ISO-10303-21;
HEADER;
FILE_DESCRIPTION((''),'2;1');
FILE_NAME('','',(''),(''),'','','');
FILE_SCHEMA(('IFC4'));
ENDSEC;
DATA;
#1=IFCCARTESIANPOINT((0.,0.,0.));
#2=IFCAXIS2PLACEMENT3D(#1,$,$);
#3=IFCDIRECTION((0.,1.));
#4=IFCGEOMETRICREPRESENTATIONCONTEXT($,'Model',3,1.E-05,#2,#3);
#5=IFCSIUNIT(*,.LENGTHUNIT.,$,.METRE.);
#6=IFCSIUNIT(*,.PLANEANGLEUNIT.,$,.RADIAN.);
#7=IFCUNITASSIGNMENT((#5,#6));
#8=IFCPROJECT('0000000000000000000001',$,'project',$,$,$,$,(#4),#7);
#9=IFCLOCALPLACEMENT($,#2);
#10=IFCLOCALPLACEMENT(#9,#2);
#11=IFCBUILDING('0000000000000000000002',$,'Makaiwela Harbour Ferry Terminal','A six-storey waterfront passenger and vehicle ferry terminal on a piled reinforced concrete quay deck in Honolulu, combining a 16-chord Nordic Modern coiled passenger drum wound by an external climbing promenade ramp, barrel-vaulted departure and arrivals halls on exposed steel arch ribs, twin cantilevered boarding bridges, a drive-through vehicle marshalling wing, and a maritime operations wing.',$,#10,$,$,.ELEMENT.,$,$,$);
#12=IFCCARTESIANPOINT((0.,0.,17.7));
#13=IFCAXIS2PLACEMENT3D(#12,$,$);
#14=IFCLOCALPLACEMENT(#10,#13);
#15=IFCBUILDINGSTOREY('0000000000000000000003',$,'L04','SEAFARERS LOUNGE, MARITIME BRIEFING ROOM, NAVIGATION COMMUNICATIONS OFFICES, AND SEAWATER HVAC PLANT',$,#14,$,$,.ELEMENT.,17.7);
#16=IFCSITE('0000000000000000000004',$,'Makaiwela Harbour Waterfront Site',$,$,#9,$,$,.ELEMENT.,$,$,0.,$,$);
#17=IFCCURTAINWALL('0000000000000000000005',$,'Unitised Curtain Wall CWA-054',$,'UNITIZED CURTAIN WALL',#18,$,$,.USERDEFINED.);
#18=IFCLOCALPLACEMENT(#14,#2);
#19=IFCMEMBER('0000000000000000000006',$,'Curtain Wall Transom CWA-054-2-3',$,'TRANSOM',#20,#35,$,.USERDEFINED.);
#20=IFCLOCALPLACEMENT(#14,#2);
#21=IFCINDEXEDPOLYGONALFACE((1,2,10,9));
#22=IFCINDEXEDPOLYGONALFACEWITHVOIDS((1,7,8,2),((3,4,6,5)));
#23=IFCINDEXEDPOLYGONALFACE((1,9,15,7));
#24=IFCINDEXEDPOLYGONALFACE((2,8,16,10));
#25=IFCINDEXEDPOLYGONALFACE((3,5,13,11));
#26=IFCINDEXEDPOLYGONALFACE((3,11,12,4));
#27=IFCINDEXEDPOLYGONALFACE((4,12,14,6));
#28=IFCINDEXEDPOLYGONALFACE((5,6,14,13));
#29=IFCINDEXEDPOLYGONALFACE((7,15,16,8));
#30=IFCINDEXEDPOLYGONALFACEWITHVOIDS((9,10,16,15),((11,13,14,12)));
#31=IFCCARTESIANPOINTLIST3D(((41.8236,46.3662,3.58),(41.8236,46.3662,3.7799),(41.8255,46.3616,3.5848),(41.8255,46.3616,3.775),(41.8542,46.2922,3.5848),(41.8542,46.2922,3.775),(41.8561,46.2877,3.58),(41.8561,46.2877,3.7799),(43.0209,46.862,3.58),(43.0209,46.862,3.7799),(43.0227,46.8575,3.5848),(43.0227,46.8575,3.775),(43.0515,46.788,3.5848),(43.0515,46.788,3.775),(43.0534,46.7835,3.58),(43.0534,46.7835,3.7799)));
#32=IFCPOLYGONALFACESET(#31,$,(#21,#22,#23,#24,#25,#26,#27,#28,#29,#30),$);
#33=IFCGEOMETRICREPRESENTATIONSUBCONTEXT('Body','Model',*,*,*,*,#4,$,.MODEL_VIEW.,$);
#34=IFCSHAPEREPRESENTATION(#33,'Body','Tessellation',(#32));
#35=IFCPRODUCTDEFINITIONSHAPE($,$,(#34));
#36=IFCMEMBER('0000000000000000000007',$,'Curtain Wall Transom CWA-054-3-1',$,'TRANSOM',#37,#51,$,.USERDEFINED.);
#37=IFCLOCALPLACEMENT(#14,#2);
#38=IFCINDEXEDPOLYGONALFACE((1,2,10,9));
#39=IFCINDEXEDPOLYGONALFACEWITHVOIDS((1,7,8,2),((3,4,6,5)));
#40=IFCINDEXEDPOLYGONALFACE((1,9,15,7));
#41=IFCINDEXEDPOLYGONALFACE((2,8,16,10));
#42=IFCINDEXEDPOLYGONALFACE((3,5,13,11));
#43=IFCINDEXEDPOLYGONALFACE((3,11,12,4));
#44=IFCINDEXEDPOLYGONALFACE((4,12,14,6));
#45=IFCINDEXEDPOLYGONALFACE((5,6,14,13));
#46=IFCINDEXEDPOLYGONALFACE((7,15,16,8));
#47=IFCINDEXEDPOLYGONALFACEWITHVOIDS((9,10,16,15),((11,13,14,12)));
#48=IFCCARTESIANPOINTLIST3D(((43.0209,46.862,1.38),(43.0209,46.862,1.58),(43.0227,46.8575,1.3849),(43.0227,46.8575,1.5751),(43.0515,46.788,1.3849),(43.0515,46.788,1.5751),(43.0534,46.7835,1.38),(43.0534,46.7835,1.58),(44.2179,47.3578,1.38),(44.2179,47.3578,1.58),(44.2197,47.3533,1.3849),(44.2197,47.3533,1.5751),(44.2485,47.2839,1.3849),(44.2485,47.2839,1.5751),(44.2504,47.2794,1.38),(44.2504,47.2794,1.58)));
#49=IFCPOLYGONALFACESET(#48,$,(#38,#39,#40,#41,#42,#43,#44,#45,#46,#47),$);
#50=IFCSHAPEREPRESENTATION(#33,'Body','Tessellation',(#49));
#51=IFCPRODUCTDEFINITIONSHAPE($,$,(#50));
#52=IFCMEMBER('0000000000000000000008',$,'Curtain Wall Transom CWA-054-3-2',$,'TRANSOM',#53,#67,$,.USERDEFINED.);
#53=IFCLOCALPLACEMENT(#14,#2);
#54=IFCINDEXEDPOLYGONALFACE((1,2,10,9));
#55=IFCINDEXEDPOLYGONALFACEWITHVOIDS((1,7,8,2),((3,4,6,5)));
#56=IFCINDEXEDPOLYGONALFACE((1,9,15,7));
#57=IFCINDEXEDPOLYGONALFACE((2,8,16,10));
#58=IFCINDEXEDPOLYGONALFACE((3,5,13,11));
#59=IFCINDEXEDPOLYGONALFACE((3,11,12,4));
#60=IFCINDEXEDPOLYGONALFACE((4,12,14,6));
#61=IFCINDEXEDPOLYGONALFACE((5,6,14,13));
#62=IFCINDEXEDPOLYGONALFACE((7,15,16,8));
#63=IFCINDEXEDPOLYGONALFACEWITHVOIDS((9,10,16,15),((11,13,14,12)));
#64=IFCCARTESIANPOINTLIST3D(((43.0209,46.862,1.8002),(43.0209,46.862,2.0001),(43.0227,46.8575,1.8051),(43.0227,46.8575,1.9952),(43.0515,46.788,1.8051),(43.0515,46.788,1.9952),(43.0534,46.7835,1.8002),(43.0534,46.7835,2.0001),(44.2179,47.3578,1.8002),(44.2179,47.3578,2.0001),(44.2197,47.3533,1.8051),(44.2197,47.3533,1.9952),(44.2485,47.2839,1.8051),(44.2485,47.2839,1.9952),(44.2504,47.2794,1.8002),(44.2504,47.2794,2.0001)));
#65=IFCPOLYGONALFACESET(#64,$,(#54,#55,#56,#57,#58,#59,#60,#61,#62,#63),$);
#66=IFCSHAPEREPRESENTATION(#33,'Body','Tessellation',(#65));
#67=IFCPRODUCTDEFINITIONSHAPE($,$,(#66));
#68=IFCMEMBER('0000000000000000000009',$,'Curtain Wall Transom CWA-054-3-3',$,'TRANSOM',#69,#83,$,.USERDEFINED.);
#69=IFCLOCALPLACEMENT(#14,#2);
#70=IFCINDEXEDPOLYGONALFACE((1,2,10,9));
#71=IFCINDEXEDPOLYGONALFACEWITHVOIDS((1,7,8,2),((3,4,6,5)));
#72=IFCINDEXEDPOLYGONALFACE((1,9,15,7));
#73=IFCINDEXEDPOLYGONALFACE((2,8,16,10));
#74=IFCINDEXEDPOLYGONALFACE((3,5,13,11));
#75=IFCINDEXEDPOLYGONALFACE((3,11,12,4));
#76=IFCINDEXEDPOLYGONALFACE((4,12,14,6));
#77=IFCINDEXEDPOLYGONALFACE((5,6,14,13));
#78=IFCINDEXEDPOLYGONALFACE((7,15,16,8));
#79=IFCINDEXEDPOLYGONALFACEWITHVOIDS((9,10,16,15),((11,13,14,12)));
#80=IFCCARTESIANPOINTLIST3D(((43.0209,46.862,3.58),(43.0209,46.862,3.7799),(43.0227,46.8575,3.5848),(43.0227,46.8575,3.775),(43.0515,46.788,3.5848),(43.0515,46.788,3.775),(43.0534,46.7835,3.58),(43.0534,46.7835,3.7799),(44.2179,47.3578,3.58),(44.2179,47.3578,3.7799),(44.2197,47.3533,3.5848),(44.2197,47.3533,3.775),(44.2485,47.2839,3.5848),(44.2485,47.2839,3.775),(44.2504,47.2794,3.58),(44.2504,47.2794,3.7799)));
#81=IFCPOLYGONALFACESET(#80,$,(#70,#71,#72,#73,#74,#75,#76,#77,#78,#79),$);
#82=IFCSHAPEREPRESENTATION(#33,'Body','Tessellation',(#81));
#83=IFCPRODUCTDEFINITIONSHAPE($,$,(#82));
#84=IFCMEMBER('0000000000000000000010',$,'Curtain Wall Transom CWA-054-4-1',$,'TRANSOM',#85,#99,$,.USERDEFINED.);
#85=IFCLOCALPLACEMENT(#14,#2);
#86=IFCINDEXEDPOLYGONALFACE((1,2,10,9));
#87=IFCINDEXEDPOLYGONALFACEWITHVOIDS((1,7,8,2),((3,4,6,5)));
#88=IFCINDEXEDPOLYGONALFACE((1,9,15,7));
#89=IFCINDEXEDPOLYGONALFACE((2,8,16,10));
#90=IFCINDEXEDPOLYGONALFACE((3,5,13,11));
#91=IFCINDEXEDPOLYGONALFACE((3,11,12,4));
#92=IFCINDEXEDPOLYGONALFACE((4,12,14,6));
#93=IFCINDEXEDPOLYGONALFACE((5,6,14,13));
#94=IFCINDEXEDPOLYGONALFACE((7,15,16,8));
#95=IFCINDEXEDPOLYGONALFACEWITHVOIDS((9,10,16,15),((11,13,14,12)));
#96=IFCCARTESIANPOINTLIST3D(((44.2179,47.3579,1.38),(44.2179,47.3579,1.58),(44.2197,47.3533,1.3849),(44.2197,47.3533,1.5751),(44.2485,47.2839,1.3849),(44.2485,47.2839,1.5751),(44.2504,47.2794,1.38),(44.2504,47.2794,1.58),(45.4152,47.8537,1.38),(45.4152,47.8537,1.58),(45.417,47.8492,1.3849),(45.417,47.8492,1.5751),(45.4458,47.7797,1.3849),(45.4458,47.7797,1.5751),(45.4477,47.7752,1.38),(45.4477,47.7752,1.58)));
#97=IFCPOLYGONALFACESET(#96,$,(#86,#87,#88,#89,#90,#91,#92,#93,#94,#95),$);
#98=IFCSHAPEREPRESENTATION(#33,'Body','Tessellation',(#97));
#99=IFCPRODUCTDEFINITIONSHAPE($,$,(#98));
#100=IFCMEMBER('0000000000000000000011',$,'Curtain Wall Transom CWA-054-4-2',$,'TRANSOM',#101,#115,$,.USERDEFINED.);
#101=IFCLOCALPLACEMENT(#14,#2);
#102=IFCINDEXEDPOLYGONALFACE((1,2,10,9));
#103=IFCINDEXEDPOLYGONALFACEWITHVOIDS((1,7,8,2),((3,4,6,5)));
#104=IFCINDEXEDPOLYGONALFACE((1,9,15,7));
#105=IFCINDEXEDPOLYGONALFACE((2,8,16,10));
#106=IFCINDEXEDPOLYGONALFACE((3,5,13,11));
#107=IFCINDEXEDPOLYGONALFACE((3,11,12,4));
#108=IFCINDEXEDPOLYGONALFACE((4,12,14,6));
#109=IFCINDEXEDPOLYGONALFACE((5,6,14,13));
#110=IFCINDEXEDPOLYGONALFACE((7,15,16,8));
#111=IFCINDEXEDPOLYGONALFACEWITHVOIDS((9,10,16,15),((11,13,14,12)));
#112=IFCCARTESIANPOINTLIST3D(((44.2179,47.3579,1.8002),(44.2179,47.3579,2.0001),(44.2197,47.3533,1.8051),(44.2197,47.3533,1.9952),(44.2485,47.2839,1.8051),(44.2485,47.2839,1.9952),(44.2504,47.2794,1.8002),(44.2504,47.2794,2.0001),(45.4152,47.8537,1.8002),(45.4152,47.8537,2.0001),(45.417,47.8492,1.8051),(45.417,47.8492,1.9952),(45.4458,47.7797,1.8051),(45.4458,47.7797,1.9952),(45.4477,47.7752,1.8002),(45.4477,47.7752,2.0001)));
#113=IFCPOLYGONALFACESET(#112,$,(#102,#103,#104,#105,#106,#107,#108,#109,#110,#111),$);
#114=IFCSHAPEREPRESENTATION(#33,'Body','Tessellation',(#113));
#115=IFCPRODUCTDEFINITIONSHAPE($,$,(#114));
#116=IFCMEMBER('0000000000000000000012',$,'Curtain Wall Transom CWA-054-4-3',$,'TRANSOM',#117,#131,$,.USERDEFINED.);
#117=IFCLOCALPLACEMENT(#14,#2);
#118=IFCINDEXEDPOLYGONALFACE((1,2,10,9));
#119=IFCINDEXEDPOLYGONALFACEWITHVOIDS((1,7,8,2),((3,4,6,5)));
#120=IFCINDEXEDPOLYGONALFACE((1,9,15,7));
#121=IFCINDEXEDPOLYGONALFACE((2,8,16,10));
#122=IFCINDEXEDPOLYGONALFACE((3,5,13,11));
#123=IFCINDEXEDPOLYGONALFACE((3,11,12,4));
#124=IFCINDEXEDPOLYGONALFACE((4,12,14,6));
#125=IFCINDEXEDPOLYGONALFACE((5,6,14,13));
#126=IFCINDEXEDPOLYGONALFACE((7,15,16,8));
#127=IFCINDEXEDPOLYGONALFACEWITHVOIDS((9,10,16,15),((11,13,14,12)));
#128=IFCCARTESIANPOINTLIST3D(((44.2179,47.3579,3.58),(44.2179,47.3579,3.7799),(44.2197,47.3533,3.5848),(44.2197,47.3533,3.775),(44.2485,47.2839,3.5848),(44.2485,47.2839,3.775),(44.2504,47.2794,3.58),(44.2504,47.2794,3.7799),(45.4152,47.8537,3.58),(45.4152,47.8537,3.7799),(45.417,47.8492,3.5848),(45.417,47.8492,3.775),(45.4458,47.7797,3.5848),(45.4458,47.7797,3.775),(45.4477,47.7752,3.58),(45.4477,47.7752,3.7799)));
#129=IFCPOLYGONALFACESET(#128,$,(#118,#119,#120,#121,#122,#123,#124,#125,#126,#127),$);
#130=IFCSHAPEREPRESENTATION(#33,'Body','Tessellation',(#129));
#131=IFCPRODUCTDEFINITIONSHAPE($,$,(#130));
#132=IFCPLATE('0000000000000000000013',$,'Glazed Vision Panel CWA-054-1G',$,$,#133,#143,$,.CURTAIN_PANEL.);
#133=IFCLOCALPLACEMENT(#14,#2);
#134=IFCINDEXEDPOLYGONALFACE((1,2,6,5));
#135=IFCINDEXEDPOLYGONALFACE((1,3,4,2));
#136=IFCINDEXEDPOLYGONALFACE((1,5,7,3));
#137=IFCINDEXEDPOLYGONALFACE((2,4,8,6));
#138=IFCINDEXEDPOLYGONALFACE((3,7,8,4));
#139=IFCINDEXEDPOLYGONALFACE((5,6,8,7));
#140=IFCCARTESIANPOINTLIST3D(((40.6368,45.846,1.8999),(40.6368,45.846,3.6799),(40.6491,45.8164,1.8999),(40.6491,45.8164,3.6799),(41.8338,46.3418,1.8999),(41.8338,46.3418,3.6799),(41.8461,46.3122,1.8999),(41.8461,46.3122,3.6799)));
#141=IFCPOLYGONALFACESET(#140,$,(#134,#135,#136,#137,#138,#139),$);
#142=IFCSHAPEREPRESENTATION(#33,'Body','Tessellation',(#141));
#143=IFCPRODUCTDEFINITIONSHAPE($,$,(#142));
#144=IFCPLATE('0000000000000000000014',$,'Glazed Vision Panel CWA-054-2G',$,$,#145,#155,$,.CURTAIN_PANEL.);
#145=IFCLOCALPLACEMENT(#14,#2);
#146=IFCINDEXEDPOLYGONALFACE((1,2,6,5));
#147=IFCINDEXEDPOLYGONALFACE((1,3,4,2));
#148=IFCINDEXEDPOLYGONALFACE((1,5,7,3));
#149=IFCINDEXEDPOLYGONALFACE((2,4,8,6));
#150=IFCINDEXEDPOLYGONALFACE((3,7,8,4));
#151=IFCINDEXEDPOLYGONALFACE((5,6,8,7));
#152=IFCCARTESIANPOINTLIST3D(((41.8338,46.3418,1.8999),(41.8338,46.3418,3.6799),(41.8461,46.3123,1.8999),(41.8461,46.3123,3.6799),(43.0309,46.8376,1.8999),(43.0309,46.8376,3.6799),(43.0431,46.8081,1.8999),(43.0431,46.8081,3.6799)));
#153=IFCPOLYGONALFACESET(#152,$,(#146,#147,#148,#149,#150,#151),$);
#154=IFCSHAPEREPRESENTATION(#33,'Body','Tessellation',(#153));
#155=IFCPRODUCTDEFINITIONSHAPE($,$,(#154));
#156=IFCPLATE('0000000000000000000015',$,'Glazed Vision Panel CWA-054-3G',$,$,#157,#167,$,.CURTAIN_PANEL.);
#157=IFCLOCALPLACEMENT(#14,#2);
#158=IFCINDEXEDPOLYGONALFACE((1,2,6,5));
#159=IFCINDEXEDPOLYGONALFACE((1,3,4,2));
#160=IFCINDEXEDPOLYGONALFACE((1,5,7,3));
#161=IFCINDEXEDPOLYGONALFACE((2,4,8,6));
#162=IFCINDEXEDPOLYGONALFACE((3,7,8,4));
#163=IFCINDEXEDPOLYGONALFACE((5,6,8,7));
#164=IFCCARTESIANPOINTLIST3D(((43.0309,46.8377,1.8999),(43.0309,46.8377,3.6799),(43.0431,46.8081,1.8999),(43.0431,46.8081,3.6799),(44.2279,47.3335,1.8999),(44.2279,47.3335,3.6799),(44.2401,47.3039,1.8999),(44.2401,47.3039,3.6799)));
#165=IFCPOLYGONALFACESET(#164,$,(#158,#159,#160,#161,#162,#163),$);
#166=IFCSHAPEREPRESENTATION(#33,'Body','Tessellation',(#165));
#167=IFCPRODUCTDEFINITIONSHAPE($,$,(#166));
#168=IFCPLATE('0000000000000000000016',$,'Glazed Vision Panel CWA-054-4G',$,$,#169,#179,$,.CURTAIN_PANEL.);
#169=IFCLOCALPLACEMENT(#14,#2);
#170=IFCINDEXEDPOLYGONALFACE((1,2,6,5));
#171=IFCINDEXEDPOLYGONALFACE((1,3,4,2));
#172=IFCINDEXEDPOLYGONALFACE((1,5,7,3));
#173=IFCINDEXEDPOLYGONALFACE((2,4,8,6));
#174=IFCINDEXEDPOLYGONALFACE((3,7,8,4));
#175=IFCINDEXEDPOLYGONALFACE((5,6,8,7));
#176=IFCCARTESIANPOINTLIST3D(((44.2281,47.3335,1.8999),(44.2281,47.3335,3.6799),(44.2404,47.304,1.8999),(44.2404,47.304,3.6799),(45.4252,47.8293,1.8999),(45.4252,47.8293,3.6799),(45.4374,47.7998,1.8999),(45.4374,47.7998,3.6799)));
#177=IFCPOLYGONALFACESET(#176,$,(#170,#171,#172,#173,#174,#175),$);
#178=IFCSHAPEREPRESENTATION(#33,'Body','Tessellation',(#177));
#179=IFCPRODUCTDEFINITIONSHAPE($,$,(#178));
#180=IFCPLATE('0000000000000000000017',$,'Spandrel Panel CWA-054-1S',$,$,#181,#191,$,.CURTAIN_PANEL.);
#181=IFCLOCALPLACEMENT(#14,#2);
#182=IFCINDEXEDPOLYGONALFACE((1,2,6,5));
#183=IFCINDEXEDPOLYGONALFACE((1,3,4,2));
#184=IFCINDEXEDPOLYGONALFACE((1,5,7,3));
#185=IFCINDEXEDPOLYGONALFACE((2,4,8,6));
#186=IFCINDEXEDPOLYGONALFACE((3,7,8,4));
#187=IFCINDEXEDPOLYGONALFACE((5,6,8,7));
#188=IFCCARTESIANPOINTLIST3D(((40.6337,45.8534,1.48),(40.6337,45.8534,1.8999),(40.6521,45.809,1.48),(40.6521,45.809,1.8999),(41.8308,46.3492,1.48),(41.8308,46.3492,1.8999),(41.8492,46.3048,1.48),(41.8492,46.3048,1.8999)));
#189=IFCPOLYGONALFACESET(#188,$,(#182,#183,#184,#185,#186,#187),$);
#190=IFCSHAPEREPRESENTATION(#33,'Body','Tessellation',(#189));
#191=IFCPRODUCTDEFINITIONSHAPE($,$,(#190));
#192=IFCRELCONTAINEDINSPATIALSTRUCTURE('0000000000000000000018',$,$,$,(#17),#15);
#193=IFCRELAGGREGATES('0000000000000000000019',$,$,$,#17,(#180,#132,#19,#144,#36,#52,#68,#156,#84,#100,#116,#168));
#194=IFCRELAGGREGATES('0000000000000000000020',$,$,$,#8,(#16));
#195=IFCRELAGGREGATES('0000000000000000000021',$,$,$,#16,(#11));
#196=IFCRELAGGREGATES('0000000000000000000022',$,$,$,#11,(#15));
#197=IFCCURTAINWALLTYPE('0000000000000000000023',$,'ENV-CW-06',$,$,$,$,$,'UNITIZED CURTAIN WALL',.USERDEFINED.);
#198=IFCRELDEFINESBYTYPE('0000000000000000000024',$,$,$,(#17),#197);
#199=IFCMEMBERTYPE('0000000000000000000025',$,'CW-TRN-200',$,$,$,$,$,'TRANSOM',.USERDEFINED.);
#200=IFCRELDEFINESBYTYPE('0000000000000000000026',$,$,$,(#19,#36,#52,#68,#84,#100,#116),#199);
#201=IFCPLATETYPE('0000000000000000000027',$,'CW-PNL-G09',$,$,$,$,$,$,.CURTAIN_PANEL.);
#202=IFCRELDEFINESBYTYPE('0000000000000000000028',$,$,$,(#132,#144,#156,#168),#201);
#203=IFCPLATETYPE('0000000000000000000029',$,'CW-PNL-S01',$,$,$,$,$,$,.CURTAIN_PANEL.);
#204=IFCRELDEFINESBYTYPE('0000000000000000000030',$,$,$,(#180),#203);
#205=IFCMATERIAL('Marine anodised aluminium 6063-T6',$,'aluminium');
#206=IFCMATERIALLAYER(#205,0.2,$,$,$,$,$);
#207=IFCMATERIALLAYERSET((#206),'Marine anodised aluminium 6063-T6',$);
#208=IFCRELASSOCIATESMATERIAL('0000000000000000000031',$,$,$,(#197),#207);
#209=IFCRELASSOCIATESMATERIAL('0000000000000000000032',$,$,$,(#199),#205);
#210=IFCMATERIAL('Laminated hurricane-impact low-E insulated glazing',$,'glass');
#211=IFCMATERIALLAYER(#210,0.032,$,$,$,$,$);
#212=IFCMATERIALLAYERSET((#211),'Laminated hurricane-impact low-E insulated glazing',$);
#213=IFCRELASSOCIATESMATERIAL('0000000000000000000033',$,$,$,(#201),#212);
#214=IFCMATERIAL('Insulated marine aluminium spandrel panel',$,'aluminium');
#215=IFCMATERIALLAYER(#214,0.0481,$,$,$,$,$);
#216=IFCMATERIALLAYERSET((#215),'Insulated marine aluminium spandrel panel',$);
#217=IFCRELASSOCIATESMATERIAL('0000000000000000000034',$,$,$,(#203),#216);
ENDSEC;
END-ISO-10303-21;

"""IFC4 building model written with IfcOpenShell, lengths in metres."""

from ifc_helpers import new_model, si_unit, direction, frame, origin, origin_2d, place, context, subcontext, project, spatial, rectangle, hollow_rectangle, extrude, material, layer, layer_set, material_profile, profile_set, type_object, element, aggregate, save


model = new_model("IFC4")

# Units and contexts
model_context = context("Model", 3, precision=1e-05, world=origin(), true_north=direction((0.0, 1.0)))
body_context = subcontext(model_context, "Body", "Model", "MODEL_VIEW")
ifc_project = project(units=[si_unit("LENGTHUNIT", "METRE"), si_unit("PLANEANGLEUNIT", "RADIAN")], contexts=[model_context])

# Site, building, storey
site_placement = place(None, origin())
site = spatial("IfcSite", under=ifc_project, at=site_placement, Name="Makaiwela Harbour Waterfront Site", CompositionType="ELEMENT", RefElevation=0.0)
building_placement = place(site_placement, origin())
building = spatial("IfcBuilding", under=site, at=building_placement, Name="Makaiwela Harbour Ferry Terminal", Description="A six-storey waterfront passenger and vehicle ferry terminal on a piled reinforced concrete quay deck in Honolulu, combining a 16-chord Nordic Modern coiled passenger drum wound by an external climbing promenade ramp, barrel-vaulted departure and arrivals halls on exposed steel arch ribs, twin cantilevered boarding bridges, a drive-through vehicle marshalling wing, and a maritime operations wing.", CompositionType="ELEMENT")
storey_placement = place(building_placement, frame((0.0, 0.0, 17.7)))
storey = spatial("IfcBuildingStorey", under=building, at=storey_placement, Name="L04", Description="SEAFARERS LOUNGE, MARITIME BRIEFING ROOM, NAVIGATION COMMUNICATIONS OFFICES, AND SEAWATER HVAC PLANT", CompositionType="ELEMENT", Elevation=17.7)

# Shared definitions
ifc_material_1 = material(Name="Marine anodised aluminium 6063-T6", Category="aluminium")
ifc_layer_1 = layer(ifc_material_1, 0.2)
ifc_layer_set_1 = layer_set([ifc_layer_1], Name="Marine anodised aluminium 6063-T6")
curtain_wall_type = type_object("IfcCurtainWallType", Name="ENV-CW-06", ElementType="UNITIZED CURTAIN WALL", PredefinedType="USERDEFINED", material=ifc_layer_set_1)

# Curtain wall, members, plates
curtain_wall_1_placement = place(storey_placement, origin())
curtain_wall_1 = element("IfcCurtainWall", 1, at=curtain_wall_1_placement, inside=storey, type_object=curtain_wall_type, Name="Unitised Curtain Wall CWA-054", ObjectType="UNITIZED CURTAIN WALL", PredefinedType="USERDEFINED")
ifc_material_profile_1 = material_profile(ifc_material_1, hollow_rectangle(XDim=0.085, YDim=0.2, WallThickness=0.0049, at=origin_2d()), Name="CWT-200X85")
ifc_profile_set_1 = profile_set([ifc_material_profile_1], Name="Marine anodised aluminium 6063-T6")
member_type_1 = type_object("IfcMemberType", Name="CW-TRN-200", ElementType="TRANSOM", PredefinedType="USERDEFINED", material=ifc_profile_set_1)
member_1_placement = place(storey_placement, frame((41.8398, 46.3269, 3.6799), z_axis=(0.9239, 0.382635, 0.0), x_axis=(-0.382635, 0.9239, 0.0)))
member_1 = element("IfcMember", 2, at=member_1_placement, type_object=member_type_1, Name="Curtain Wall Transom CWA-054-2-3", ObjectType="TRANSOM", PredefinedType="USERDEFINED", context=body_context, shape_type="SweptSolid", body=[
    extrude(hollow_rectangle(XDim=0.085, YDim=0.2, WallThickness=0.0049, at=origin_2d()), origin(), (0.0, 0.0, 1.0), 1.2959),
])
member_2_placement = place(storey_placement, frame((43.0371, 46.8228, 1.48), z_axis=(0.923872, 0.382701, 0.0), x_axis=(-0.382701, 0.923872, 0.0)))
member_2 = element("IfcMember", 3, at=member_2_placement, type_object=member_type_1, Name="Curtain Wall Transom CWA-054-3-1", ObjectType="TRANSOM", PredefinedType="USERDEFINED", context=body_context, shape_type="SweptSolid", body=[
    extrude(hollow_rectangle(XDim=0.085, YDim=0.2, WallThickness=0.0049, at=origin_2d()), origin(), (0.0, 0.0, 1.0), 1.2957),
])
member_3_placement = place(storey_placement, frame((43.0371, 46.8228, 1.9001), z_axis=(0.923872, 0.382701, 0.0), x_axis=(-0.382701, 0.923872, 0.0)))
member_3 = element("IfcMember", 4, at=member_3_placement, type_object=member_type_1, Name="Curtain Wall Transom CWA-054-3-2", ObjectType="TRANSOM", PredefinedType="USERDEFINED", context=body_context, shape_type="SweptSolid", body=[
    extrude(hollow_rectangle(XDim=0.085, YDim=0.2, WallThickness=0.0049, at=origin_2d()), origin(), (0.0, 0.0, 1.0), 1.2957),
])
member_4_placement = place(storey_placement, frame((43.0371, 46.8228, 3.6799), z_axis=(0.923872, 0.382701, 0.0), x_axis=(-0.382701, 0.923872, 0.0)))
member_4 = element("IfcMember", 5, at=member_4_placement, type_object=member_type_1, Name="Curtain Wall Transom CWA-054-3-3", ObjectType="TRANSOM", PredefinedType="USERDEFINED", context=body_context, shape_type="SweptSolid", body=[
    extrude(hollow_rectangle(XDim=0.085, YDim=0.2, WallThickness=0.0049, at=origin_2d()), origin(), (0.0, 0.0, 1.0), 1.2957),
])
member_5_placement = place(storey_placement, frame((44.2341, 47.3186, 1.48), z_axis=(0.9239, 0.382635, 0.0), x_axis=(-0.382635, 0.9239, 0.0)))
member_5 = element("IfcMember", 6, at=member_5_placement, type_object=member_type_1, Name="Curtain Wall Transom CWA-054-4-1", ObjectType="TRANSOM", PredefinedType="USERDEFINED", context=body_context, shape_type="SweptSolid", body=[
    extrude(hollow_rectangle(XDim=0.085, YDim=0.2, WallThickness=0.0049, at=origin_2d()), origin(), (0.0, 0.0, 1.0), 1.2959),
])
member_6_placement = place(storey_placement, frame((44.2341, 47.3186, 1.9001), z_axis=(0.9239, 0.382635, 0.0), x_axis=(-0.382635, 0.9239, 0.0)))
member_6 = element("IfcMember", 7, at=member_6_placement, type_object=member_type_1, Name="Curtain Wall Transom CWA-054-4-2", ObjectType="TRANSOM", PredefinedType="USERDEFINED", context=body_context, shape_type="SweptSolid", body=[
    extrude(hollow_rectangle(XDim=0.085, YDim=0.2, WallThickness=0.0049, at=origin_2d()), origin(), (0.0, 0.0, 1.0), 1.2959),
])
member_7_placement = place(storey_placement, frame((44.2341, 47.3186, 3.6799), z_axis=(0.9239, 0.382635, 0.0), x_axis=(-0.382635, 0.9239, 0.0)))
member_7 = element("IfcMember", 8, at=member_7_placement, type_object=member_type_1, Name="Curtain Wall Transom CWA-054-4-3", ObjectType="TRANSOM", PredefinedType="USERDEFINED", context=body_context, shape_type="SweptSolid", body=[
    extrude(hollow_rectangle(XDim=0.085, YDim=0.2, WallThickness=0.0049, at=origin_2d()), origin(), (0.0, 0.0, 1.0), 1.2959),
])
ifc_material_2 = material(Name="Laminated hurricane-impact low-E insulated glazing", Category="glass")
ifc_layer_2 = layer(ifc_material_2, 0.032)
ifc_layer_set_2 = layer_set([ifc_layer_2], Name="Laminated hurricane-impact low-E insulated glazing")
plate_type_1 = type_object("IfcPlateType", Name="CW-PNL-G09", PredefinedType="CURTAIN_PANEL", material=ifc_layer_set_2)
plate_1_placement = place(storey_placement, frame((41.2415, 46.0791, 1.8999), z_axis=(0.0, 0.0, 1.0), x_axis=(0.92388, 0.382683, 0.0)))
plate_1 = element("IfcPlate", 9, at=plate_1_placement, type_object=plate_type_1, Name="Glazed Vision Panel CWA-054-1G", PredefinedType="CURTAIN_PANEL", context=body_context, shape_type="SweptSolid", body=[
    extrude(rectangle(XDim=1.2957, YDim=0.032, at=origin_2d()), origin(), (0.0, 0.0, 1.0), 1.78),
])
plate_2_placement = place(storey_placement, frame((42.4385, 46.575, 1.8999), z_axis=(0.0, 0.0, 1.0), x_axis=(0.92388, 0.382683, 0.0)))
plate_2 = element("IfcPlate", 10, at=plate_2_placement, type_object=plate_type_1, Name="Glazed Vision Panel CWA-054-2G", PredefinedType="CURTAIN_PANEL", context=body_context, shape_type="SweptSolid", body=[
    extrude(rectangle(XDim=1.2957, YDim=0.032, at=origin_2d()), origin(), (0.0, 0.0, 1.0), 1.78),
])
plate_3_placement = place(storey_placement, frame((43.6355, 47.0708, 1.8999), z_axis=(0.0, 0.0, 1.0), x_axis=(0.92388, 0.382683, 0.0)))
plate_3 = element("IfcPlate", 11, at=plate_3_placement, type_object=plate_type_1, Name="Glazed Vision Panel CWA-054-3G", PredefinedType="CURTAIN_PANEL", context=body_context, shape_type="SweptSolid", body=[
    extrude(rectangle(XDim=1.2957, YDim=0.032, at=origin_2d()), origin(), (0.0, 0.0, 1.0), 1.78),
])
plate_4_placement = place(storey_placement, frame((44.8328, 47.5667, 1.8999), z_axis=(0.0, 0.0, 1.0), x_axis=(0.92388, 0.382683, 0.0)))
plate_4 = element("IfcPlate", 12, at=plate_4_placement, type_object=plate_type_1, Name="Glazed Vision Panel CWA-054-4G", PredefinedType="CURTAIN_PANEL", context=body_context, shape_type="SweptSolid", body=[
    extrude(rectangle(XDim=1.2957, YDim=0.032, at=origin_2d()), origin(), (0.0, 0.0, 1.0), 1.78),
])
ifc_material_3 = material(Name="Insulated marine aluminium spandrel panel", Category="aluminium")
ifc_layer_3 = layer(ifc_material_3, 0.0481)
ifc_layer_set_3 = layer_set([ifc_layer_3], Name="Insulated marine aluminium spandrel panel")
plate_type_2 = type_object("IfcPlateType", Name="CW-PNL-S01", PredefinedType="CURTAIN_PANEL", material=ifc_layer_set_3)
plate_5_placement = place(storey_placement, frame((41.2415, 46.0791, 1.48), z_axis=(0.0, 0.0, 1.0), x_axis=(0.92388, 0.382683, 0.0)))
plate_5 = element("IfcPlate", 13, at=plate_5_placement, type_object=plate_type_2, Name="Spandrel Panel CWA-054-1S", PredefinedType="CURTAIN_PANEL", context=body_context, shape_type="SweptSolid", body=[
    extrude(rectangle(XDim=1.2957, YDim=0.0481, at=origin_2d()), origin(), (0.0, 0.0, 1.0), 0.4199),
])
aggregate(curtain_wall_1, [plate_5, plate_1, member_1, plate_2, member_2, member_3, member_4, plate_3, member_5, member_6, member_7, plate_4])

save(model, "model.ifc")
